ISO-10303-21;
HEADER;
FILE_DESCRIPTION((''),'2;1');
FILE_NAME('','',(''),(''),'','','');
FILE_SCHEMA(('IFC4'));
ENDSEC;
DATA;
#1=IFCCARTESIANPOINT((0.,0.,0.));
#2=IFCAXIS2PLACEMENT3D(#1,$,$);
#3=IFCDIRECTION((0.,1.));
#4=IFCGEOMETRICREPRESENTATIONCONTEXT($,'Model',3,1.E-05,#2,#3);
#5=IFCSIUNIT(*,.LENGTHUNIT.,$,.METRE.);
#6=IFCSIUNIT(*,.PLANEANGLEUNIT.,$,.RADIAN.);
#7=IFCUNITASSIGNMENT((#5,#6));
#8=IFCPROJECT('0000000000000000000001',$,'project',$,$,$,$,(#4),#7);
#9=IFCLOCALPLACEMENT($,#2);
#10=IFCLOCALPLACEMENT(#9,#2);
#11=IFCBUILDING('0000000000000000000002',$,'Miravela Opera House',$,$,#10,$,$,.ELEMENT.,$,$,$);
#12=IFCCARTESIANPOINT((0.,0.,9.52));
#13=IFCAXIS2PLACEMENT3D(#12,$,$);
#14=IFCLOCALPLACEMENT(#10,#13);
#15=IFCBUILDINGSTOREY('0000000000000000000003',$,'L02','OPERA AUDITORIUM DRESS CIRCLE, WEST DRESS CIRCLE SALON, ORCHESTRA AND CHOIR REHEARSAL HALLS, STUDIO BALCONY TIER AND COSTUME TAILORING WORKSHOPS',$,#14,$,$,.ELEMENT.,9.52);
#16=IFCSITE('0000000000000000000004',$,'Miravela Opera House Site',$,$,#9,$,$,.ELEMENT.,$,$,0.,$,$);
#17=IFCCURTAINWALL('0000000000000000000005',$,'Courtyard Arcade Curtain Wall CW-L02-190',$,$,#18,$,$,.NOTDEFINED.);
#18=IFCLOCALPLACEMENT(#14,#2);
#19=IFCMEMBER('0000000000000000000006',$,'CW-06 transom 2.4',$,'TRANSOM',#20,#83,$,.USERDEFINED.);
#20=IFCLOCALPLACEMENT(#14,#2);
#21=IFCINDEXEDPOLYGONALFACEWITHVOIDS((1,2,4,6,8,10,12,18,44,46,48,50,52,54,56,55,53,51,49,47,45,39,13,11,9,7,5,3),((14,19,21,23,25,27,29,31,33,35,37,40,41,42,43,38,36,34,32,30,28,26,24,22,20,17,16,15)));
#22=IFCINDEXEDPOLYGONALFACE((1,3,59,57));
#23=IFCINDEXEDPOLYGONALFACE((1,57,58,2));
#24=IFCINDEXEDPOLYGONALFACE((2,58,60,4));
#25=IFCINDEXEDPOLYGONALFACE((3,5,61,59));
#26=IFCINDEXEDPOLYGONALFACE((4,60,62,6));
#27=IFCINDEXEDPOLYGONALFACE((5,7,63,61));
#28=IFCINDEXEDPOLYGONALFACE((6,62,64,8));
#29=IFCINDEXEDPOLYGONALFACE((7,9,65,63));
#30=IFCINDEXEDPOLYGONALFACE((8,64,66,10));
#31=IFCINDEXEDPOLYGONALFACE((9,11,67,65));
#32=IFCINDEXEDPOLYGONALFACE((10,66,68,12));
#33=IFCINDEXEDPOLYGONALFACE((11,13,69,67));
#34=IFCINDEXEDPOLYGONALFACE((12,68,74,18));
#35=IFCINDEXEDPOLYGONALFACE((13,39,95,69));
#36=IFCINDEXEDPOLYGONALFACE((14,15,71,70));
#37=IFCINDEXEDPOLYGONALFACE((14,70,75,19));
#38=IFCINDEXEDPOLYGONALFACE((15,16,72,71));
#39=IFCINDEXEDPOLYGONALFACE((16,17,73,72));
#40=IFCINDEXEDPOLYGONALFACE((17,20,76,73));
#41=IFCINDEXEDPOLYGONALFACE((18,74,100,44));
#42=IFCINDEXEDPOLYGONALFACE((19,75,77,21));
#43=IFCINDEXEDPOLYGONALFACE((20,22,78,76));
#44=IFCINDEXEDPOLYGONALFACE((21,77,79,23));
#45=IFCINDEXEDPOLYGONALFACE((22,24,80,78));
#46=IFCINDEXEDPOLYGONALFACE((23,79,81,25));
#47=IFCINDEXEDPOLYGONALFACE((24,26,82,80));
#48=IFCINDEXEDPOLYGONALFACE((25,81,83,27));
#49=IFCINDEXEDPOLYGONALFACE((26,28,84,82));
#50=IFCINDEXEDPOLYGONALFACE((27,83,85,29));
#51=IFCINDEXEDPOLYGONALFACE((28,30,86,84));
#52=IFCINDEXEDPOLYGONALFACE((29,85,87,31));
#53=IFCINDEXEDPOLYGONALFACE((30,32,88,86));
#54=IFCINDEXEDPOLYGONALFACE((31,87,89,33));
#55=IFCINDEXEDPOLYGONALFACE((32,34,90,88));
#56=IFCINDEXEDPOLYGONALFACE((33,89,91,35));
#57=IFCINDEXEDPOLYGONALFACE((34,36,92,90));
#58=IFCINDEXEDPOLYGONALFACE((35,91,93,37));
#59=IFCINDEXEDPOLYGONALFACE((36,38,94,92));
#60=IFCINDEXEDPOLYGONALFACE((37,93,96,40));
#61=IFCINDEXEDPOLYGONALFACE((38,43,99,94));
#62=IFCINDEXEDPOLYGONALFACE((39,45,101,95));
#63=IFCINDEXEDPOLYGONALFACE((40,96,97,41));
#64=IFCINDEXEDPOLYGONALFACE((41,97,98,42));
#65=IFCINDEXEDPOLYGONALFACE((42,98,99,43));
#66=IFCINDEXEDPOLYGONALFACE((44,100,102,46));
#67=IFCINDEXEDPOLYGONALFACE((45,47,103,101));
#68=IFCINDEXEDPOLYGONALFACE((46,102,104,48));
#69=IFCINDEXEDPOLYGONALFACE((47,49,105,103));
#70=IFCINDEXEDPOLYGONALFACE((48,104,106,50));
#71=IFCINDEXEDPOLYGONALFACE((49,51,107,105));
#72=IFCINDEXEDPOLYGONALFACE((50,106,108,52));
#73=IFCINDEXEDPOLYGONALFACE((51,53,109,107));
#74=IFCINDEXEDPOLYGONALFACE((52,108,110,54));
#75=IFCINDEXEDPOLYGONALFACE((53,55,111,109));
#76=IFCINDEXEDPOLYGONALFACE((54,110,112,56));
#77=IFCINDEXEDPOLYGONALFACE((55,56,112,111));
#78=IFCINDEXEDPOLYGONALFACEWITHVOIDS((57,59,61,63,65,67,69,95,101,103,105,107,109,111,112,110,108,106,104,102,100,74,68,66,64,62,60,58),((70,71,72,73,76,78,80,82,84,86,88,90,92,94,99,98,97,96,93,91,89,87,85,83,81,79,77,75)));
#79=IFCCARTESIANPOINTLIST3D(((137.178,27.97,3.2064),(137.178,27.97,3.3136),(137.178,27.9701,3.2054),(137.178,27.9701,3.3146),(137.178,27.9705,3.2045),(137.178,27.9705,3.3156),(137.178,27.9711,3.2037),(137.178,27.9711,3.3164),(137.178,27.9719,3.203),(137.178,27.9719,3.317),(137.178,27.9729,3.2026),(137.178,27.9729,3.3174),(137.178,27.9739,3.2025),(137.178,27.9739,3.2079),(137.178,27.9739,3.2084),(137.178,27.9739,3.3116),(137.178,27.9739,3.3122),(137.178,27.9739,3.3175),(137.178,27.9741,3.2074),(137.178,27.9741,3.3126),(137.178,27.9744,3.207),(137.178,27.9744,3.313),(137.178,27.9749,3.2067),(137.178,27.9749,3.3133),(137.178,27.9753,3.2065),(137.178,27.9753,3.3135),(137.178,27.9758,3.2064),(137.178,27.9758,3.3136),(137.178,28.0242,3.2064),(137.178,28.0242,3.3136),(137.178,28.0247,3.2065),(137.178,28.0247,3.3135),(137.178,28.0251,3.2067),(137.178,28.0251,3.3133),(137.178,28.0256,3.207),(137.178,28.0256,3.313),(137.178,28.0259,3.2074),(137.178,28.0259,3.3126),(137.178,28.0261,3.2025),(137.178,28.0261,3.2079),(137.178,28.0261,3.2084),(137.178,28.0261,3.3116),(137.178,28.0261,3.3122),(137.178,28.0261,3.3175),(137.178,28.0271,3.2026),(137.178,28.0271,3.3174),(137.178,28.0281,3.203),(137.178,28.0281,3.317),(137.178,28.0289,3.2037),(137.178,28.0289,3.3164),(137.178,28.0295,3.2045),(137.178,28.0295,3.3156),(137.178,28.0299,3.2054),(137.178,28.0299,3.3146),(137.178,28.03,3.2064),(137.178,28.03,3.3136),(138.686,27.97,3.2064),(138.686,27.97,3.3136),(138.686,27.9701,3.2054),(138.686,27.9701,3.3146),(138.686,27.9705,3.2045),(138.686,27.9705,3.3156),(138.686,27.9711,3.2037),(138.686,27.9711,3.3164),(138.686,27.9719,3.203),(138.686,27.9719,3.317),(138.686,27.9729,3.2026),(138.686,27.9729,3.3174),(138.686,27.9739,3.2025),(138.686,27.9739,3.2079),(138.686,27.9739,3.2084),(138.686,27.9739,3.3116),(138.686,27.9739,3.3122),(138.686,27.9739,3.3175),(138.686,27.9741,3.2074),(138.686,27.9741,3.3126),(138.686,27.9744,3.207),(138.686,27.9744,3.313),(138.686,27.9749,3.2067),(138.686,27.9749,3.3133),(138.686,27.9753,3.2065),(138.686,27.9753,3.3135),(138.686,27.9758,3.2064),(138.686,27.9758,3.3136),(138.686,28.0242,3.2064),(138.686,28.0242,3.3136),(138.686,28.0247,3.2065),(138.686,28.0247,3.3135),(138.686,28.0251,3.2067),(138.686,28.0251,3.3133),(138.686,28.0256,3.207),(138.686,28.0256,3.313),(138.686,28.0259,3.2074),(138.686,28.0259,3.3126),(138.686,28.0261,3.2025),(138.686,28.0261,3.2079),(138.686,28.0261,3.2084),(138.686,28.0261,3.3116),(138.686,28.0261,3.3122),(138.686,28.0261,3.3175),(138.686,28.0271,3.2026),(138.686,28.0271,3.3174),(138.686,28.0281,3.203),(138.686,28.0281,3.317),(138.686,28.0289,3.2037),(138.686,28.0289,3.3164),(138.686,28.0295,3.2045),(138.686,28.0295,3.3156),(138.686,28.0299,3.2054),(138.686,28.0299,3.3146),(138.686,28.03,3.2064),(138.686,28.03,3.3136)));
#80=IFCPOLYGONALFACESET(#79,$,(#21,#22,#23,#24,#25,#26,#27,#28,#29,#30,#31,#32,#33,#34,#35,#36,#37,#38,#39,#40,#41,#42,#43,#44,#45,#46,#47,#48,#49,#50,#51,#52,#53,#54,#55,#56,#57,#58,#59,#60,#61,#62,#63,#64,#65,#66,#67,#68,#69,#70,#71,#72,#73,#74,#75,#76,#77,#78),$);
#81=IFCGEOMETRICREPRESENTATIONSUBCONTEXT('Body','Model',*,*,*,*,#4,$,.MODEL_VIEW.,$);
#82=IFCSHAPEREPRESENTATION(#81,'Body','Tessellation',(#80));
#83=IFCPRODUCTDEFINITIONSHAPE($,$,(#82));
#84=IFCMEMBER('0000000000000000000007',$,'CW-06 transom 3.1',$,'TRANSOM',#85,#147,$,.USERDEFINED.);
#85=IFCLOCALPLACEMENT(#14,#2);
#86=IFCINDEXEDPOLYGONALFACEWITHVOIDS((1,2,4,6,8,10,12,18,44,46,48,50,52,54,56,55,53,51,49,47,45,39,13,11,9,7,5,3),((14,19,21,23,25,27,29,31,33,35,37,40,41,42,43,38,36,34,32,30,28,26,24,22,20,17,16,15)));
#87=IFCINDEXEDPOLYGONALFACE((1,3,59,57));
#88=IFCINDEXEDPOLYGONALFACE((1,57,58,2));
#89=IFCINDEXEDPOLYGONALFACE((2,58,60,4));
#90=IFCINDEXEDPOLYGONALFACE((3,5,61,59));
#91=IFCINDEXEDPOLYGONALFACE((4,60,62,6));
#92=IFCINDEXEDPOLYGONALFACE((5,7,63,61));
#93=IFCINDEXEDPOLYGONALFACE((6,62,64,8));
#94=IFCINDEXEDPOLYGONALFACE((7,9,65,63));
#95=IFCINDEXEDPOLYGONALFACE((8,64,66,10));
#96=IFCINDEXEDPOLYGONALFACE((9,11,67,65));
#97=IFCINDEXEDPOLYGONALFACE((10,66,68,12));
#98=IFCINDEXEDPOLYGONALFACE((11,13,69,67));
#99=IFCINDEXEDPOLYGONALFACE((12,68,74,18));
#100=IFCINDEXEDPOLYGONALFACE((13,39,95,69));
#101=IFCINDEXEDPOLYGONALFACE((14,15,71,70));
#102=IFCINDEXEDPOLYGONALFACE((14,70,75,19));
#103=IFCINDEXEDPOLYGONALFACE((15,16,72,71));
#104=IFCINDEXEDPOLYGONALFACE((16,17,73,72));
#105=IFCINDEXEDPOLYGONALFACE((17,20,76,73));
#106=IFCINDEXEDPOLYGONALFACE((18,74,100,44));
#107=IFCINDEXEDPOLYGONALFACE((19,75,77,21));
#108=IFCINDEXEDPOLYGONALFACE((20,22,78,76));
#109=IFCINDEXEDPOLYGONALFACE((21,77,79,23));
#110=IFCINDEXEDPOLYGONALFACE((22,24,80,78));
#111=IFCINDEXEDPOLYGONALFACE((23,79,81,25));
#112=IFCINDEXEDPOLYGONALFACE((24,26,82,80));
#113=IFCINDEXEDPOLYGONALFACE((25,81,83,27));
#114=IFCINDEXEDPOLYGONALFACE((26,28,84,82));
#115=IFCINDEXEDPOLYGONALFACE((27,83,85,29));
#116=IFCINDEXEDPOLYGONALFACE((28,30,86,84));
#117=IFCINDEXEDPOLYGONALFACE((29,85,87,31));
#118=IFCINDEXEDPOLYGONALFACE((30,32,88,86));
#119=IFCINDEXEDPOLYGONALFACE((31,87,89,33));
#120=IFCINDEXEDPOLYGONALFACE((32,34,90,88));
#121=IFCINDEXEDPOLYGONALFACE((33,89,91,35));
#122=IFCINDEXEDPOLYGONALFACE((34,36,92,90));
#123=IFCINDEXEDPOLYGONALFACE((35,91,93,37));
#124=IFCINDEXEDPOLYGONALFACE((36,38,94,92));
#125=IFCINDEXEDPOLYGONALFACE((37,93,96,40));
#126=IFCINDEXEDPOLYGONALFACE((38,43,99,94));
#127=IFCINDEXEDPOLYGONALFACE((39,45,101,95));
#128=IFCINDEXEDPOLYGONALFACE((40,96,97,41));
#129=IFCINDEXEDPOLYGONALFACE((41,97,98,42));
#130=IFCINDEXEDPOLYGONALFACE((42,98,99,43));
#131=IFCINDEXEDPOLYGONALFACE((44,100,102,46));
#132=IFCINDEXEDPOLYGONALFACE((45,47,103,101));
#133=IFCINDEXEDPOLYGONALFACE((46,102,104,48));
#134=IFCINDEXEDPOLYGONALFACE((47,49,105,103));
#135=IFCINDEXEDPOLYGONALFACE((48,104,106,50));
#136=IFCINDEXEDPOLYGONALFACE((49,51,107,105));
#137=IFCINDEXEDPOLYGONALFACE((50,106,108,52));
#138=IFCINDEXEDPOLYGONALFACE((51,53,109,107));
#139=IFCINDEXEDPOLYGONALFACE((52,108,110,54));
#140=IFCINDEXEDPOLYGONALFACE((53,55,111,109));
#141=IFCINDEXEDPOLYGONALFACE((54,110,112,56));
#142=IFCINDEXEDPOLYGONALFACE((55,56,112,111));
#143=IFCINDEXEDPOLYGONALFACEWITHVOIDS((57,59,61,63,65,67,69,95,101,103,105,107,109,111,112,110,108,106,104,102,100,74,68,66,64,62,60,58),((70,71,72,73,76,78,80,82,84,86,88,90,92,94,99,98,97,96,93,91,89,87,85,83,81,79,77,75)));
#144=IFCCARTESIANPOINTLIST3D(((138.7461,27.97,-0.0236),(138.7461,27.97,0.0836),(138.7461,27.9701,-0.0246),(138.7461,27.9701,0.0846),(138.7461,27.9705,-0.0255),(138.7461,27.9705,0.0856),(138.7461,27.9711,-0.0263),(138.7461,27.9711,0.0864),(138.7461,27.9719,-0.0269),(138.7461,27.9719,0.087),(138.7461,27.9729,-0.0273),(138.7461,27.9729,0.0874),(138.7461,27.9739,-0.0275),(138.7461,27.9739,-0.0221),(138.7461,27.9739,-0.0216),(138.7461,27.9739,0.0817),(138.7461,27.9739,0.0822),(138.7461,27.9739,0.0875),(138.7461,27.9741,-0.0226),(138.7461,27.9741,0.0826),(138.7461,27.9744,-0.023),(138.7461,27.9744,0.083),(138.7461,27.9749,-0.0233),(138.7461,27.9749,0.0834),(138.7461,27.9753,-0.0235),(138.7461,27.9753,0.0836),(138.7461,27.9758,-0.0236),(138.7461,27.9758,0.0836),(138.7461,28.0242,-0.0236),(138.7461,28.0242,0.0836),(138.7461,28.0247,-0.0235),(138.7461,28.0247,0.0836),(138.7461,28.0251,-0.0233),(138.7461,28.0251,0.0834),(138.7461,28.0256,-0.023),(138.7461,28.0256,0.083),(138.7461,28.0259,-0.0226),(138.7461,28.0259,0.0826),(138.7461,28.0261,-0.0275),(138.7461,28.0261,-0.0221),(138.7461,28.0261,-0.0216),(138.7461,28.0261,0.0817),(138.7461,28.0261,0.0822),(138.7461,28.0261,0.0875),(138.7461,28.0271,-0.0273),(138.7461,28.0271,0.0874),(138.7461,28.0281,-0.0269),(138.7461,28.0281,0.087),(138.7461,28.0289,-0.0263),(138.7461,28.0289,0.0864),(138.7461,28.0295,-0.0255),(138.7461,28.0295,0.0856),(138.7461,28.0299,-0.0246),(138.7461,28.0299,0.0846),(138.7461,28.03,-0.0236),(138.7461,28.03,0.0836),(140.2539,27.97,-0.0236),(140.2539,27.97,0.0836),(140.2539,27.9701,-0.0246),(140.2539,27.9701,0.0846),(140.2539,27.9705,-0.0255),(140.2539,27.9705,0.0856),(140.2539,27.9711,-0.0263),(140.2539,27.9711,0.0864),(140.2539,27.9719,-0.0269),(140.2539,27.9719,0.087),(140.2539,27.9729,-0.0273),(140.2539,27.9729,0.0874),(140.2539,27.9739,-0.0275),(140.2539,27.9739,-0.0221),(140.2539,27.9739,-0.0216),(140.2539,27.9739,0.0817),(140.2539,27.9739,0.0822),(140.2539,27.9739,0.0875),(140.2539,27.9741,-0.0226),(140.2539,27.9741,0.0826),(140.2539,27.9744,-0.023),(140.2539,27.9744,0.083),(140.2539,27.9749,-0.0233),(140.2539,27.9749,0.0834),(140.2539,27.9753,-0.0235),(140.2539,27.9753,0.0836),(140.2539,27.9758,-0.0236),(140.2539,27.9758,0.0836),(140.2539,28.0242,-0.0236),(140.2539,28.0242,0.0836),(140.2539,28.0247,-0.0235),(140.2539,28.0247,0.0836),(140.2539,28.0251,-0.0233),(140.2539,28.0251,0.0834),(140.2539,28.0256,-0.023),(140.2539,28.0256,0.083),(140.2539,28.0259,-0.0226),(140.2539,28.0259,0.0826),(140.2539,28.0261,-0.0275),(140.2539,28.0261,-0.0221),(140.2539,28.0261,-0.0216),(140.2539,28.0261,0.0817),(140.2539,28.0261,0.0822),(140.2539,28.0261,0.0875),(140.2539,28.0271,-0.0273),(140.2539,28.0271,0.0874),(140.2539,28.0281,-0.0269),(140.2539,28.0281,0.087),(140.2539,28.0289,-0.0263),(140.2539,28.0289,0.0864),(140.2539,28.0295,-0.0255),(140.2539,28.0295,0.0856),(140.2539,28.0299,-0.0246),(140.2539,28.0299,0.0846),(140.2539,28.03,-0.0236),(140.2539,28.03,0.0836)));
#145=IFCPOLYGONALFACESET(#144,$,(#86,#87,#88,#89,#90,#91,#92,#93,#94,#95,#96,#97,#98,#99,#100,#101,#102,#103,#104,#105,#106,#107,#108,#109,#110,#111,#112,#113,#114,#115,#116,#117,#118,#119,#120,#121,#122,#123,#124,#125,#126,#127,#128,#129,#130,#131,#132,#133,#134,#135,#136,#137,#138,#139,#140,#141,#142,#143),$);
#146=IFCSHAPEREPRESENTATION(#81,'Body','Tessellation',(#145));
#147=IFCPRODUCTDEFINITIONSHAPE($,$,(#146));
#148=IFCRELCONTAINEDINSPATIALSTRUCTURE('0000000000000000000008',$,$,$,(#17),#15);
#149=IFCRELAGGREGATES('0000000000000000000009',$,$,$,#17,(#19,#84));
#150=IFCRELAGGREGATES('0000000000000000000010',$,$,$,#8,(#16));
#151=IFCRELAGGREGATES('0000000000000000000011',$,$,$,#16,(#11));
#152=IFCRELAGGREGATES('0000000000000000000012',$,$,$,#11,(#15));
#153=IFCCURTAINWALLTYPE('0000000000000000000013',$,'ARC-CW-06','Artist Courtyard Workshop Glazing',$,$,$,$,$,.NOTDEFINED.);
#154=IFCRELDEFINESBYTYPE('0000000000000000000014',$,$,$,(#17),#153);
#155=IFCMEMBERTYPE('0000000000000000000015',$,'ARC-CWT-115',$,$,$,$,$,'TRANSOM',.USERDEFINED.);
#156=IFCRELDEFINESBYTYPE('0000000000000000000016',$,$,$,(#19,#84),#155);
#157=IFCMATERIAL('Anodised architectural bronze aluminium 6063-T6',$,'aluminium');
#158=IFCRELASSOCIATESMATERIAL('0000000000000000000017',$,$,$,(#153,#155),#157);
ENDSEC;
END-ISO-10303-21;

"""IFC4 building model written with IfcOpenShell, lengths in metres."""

from ifc_helpers import new_model, si_unit, direction, frame, origin, origin_2d, place, context, subcontext, project, spatial, hollow_rectangle, extrude, material, material_profile, profile_set, type_object, element, aggregate, save


model = new_model("IFC4")

# Units and contexts
model_context = context("Model", 3, precision=1e-05, world=origin(), true_north=direction((0.0, 1.0)))
body_context = subcontext(model_context, "Body", "Model", "MODEL_VIEW")
ifc_project = project(units=[si_unit("LENGTHUNIT", "METRE"), si_unit("PLANEANGLEUNIT", "RADIAN")], contexts=[model_context])

# Site, building, storey
site_placement = place(None, origin())
site = spatial("IfcSite", under=ifc_project, at=site_placement, Name="Miravela Opera House Site", CompositionType="ELEMENT", RefElevation=0.0)
building_placement = place(site_placement, origin())
building = spatial("IfcBuilding", under=site, at=building_placement, Name="Miravela Opera House", CompositionType="ELEMENT")
storey_placement = place(building_placement, frame((0.0, 0.0, 9.52)))
storey = spatial("IfcBuildingStorey", under=building, at=storey_placement, Name="L02", Description="OPERA AUDITORIUM DRESS CIRCLE, WEST DRESS CIRCLE SALON, ORCHESTRA AND CHOIR REHEARSAL HALLS, STUDIO BALCONY TIER AND COSTUME TAILORING WORKSHOPS", CompositionType="ELEMENT", Elevation=9.52)

# Curtain wall, members
ifc_material_1 = material(Name="Anodised architectural bronze aluminium 6063-T6", Category="aluminium")
curtain_wall_type = type_object("IfcCurtainWallType", Name="ARC-CW-06", Description="Artist Courtyard Workshop Glazing", PredefinedType="NOTDEFINED", material=ifc_material_1)
curtain_wall_placement = place(storey_placement, origin())
curtain_wall = element("IfcCurtainWall", 1, at=curtain_wall_placement, inside=storey, type_object=curtain_wall_type, Name="Courtyard Arcade Curtain Wall CW-L02-190", PredefinedType="NOTDEFINED")
ifc_material_profile_1 = material_profile(ifc_material_1, hollow_rectangle(XDim=0.0601, YDim=0.115, WallThickness=0.0039, InnerFilletRadius=0.002, OuterFilletRadius=0.0039, at=origin_2d()), Name="CWT-60X115")
ifc_profile_set_1 = profile_set([ifc_material_profile_1])
member_type_1 = type_object("IfcMemberType", Name="ARC-CWT-115", ElementType="TRANSOM", PredefinedType="USERDEFINED", material=ifc_profile_set_1)
member_1_placement = place(storey_placement, frame((137.178, 28.0, 3.26), z_axis=(1.0, 0.0, 0.0), x_axis=(0.0, 1.0, 0.0)))
member_1 = element("IfcMember", 2, at=member_1_placement, type_object=member_type_1, Name="CW-06 transom 2.4", ObjectType="TRANSOM", PredefinedType="USERDEFINED", context=body_context, shape_type="SweptSolid", body=[
    extrude(hollow_rectangle(XDim=0.0601, YDim=0.115, WallThickness=0.0039, InnerFilletRadius=0.002, OuterFilletRadius=0.0039, at=origin_2d()), origin(), (0.0, 0.0, 1.0), 1.5081),
])
member_2_placement = place(storey_placement, frame((138.7461, 28.0, 0.03), z_axis=(1.0, 0.0, 0.0), x_axis=(0.0, 1.0, 0.0)))
member_2 = element("IfcMember", 3, at=member_2_placement, type_object=member_type_1, Name="CW-06 transom 3.1", ObjectType="TRANSOM", PredefinedType="USERDEFINED", context=body_context, shape_type="SweptSolid", body=[
    extrude(hollow_rectangle(XDim=0.0601, YDim=0.115, WallThickness=0.0039, InnerFilletRadius=0.002, OuterFilletRadius=0.0039, at=origin_2d()), origin(), (0.0, 0.0, 1.0), 1.5078),
])

aggregate(curtain_wall, [member_1, member_2])

save(model, "model.ifc")
